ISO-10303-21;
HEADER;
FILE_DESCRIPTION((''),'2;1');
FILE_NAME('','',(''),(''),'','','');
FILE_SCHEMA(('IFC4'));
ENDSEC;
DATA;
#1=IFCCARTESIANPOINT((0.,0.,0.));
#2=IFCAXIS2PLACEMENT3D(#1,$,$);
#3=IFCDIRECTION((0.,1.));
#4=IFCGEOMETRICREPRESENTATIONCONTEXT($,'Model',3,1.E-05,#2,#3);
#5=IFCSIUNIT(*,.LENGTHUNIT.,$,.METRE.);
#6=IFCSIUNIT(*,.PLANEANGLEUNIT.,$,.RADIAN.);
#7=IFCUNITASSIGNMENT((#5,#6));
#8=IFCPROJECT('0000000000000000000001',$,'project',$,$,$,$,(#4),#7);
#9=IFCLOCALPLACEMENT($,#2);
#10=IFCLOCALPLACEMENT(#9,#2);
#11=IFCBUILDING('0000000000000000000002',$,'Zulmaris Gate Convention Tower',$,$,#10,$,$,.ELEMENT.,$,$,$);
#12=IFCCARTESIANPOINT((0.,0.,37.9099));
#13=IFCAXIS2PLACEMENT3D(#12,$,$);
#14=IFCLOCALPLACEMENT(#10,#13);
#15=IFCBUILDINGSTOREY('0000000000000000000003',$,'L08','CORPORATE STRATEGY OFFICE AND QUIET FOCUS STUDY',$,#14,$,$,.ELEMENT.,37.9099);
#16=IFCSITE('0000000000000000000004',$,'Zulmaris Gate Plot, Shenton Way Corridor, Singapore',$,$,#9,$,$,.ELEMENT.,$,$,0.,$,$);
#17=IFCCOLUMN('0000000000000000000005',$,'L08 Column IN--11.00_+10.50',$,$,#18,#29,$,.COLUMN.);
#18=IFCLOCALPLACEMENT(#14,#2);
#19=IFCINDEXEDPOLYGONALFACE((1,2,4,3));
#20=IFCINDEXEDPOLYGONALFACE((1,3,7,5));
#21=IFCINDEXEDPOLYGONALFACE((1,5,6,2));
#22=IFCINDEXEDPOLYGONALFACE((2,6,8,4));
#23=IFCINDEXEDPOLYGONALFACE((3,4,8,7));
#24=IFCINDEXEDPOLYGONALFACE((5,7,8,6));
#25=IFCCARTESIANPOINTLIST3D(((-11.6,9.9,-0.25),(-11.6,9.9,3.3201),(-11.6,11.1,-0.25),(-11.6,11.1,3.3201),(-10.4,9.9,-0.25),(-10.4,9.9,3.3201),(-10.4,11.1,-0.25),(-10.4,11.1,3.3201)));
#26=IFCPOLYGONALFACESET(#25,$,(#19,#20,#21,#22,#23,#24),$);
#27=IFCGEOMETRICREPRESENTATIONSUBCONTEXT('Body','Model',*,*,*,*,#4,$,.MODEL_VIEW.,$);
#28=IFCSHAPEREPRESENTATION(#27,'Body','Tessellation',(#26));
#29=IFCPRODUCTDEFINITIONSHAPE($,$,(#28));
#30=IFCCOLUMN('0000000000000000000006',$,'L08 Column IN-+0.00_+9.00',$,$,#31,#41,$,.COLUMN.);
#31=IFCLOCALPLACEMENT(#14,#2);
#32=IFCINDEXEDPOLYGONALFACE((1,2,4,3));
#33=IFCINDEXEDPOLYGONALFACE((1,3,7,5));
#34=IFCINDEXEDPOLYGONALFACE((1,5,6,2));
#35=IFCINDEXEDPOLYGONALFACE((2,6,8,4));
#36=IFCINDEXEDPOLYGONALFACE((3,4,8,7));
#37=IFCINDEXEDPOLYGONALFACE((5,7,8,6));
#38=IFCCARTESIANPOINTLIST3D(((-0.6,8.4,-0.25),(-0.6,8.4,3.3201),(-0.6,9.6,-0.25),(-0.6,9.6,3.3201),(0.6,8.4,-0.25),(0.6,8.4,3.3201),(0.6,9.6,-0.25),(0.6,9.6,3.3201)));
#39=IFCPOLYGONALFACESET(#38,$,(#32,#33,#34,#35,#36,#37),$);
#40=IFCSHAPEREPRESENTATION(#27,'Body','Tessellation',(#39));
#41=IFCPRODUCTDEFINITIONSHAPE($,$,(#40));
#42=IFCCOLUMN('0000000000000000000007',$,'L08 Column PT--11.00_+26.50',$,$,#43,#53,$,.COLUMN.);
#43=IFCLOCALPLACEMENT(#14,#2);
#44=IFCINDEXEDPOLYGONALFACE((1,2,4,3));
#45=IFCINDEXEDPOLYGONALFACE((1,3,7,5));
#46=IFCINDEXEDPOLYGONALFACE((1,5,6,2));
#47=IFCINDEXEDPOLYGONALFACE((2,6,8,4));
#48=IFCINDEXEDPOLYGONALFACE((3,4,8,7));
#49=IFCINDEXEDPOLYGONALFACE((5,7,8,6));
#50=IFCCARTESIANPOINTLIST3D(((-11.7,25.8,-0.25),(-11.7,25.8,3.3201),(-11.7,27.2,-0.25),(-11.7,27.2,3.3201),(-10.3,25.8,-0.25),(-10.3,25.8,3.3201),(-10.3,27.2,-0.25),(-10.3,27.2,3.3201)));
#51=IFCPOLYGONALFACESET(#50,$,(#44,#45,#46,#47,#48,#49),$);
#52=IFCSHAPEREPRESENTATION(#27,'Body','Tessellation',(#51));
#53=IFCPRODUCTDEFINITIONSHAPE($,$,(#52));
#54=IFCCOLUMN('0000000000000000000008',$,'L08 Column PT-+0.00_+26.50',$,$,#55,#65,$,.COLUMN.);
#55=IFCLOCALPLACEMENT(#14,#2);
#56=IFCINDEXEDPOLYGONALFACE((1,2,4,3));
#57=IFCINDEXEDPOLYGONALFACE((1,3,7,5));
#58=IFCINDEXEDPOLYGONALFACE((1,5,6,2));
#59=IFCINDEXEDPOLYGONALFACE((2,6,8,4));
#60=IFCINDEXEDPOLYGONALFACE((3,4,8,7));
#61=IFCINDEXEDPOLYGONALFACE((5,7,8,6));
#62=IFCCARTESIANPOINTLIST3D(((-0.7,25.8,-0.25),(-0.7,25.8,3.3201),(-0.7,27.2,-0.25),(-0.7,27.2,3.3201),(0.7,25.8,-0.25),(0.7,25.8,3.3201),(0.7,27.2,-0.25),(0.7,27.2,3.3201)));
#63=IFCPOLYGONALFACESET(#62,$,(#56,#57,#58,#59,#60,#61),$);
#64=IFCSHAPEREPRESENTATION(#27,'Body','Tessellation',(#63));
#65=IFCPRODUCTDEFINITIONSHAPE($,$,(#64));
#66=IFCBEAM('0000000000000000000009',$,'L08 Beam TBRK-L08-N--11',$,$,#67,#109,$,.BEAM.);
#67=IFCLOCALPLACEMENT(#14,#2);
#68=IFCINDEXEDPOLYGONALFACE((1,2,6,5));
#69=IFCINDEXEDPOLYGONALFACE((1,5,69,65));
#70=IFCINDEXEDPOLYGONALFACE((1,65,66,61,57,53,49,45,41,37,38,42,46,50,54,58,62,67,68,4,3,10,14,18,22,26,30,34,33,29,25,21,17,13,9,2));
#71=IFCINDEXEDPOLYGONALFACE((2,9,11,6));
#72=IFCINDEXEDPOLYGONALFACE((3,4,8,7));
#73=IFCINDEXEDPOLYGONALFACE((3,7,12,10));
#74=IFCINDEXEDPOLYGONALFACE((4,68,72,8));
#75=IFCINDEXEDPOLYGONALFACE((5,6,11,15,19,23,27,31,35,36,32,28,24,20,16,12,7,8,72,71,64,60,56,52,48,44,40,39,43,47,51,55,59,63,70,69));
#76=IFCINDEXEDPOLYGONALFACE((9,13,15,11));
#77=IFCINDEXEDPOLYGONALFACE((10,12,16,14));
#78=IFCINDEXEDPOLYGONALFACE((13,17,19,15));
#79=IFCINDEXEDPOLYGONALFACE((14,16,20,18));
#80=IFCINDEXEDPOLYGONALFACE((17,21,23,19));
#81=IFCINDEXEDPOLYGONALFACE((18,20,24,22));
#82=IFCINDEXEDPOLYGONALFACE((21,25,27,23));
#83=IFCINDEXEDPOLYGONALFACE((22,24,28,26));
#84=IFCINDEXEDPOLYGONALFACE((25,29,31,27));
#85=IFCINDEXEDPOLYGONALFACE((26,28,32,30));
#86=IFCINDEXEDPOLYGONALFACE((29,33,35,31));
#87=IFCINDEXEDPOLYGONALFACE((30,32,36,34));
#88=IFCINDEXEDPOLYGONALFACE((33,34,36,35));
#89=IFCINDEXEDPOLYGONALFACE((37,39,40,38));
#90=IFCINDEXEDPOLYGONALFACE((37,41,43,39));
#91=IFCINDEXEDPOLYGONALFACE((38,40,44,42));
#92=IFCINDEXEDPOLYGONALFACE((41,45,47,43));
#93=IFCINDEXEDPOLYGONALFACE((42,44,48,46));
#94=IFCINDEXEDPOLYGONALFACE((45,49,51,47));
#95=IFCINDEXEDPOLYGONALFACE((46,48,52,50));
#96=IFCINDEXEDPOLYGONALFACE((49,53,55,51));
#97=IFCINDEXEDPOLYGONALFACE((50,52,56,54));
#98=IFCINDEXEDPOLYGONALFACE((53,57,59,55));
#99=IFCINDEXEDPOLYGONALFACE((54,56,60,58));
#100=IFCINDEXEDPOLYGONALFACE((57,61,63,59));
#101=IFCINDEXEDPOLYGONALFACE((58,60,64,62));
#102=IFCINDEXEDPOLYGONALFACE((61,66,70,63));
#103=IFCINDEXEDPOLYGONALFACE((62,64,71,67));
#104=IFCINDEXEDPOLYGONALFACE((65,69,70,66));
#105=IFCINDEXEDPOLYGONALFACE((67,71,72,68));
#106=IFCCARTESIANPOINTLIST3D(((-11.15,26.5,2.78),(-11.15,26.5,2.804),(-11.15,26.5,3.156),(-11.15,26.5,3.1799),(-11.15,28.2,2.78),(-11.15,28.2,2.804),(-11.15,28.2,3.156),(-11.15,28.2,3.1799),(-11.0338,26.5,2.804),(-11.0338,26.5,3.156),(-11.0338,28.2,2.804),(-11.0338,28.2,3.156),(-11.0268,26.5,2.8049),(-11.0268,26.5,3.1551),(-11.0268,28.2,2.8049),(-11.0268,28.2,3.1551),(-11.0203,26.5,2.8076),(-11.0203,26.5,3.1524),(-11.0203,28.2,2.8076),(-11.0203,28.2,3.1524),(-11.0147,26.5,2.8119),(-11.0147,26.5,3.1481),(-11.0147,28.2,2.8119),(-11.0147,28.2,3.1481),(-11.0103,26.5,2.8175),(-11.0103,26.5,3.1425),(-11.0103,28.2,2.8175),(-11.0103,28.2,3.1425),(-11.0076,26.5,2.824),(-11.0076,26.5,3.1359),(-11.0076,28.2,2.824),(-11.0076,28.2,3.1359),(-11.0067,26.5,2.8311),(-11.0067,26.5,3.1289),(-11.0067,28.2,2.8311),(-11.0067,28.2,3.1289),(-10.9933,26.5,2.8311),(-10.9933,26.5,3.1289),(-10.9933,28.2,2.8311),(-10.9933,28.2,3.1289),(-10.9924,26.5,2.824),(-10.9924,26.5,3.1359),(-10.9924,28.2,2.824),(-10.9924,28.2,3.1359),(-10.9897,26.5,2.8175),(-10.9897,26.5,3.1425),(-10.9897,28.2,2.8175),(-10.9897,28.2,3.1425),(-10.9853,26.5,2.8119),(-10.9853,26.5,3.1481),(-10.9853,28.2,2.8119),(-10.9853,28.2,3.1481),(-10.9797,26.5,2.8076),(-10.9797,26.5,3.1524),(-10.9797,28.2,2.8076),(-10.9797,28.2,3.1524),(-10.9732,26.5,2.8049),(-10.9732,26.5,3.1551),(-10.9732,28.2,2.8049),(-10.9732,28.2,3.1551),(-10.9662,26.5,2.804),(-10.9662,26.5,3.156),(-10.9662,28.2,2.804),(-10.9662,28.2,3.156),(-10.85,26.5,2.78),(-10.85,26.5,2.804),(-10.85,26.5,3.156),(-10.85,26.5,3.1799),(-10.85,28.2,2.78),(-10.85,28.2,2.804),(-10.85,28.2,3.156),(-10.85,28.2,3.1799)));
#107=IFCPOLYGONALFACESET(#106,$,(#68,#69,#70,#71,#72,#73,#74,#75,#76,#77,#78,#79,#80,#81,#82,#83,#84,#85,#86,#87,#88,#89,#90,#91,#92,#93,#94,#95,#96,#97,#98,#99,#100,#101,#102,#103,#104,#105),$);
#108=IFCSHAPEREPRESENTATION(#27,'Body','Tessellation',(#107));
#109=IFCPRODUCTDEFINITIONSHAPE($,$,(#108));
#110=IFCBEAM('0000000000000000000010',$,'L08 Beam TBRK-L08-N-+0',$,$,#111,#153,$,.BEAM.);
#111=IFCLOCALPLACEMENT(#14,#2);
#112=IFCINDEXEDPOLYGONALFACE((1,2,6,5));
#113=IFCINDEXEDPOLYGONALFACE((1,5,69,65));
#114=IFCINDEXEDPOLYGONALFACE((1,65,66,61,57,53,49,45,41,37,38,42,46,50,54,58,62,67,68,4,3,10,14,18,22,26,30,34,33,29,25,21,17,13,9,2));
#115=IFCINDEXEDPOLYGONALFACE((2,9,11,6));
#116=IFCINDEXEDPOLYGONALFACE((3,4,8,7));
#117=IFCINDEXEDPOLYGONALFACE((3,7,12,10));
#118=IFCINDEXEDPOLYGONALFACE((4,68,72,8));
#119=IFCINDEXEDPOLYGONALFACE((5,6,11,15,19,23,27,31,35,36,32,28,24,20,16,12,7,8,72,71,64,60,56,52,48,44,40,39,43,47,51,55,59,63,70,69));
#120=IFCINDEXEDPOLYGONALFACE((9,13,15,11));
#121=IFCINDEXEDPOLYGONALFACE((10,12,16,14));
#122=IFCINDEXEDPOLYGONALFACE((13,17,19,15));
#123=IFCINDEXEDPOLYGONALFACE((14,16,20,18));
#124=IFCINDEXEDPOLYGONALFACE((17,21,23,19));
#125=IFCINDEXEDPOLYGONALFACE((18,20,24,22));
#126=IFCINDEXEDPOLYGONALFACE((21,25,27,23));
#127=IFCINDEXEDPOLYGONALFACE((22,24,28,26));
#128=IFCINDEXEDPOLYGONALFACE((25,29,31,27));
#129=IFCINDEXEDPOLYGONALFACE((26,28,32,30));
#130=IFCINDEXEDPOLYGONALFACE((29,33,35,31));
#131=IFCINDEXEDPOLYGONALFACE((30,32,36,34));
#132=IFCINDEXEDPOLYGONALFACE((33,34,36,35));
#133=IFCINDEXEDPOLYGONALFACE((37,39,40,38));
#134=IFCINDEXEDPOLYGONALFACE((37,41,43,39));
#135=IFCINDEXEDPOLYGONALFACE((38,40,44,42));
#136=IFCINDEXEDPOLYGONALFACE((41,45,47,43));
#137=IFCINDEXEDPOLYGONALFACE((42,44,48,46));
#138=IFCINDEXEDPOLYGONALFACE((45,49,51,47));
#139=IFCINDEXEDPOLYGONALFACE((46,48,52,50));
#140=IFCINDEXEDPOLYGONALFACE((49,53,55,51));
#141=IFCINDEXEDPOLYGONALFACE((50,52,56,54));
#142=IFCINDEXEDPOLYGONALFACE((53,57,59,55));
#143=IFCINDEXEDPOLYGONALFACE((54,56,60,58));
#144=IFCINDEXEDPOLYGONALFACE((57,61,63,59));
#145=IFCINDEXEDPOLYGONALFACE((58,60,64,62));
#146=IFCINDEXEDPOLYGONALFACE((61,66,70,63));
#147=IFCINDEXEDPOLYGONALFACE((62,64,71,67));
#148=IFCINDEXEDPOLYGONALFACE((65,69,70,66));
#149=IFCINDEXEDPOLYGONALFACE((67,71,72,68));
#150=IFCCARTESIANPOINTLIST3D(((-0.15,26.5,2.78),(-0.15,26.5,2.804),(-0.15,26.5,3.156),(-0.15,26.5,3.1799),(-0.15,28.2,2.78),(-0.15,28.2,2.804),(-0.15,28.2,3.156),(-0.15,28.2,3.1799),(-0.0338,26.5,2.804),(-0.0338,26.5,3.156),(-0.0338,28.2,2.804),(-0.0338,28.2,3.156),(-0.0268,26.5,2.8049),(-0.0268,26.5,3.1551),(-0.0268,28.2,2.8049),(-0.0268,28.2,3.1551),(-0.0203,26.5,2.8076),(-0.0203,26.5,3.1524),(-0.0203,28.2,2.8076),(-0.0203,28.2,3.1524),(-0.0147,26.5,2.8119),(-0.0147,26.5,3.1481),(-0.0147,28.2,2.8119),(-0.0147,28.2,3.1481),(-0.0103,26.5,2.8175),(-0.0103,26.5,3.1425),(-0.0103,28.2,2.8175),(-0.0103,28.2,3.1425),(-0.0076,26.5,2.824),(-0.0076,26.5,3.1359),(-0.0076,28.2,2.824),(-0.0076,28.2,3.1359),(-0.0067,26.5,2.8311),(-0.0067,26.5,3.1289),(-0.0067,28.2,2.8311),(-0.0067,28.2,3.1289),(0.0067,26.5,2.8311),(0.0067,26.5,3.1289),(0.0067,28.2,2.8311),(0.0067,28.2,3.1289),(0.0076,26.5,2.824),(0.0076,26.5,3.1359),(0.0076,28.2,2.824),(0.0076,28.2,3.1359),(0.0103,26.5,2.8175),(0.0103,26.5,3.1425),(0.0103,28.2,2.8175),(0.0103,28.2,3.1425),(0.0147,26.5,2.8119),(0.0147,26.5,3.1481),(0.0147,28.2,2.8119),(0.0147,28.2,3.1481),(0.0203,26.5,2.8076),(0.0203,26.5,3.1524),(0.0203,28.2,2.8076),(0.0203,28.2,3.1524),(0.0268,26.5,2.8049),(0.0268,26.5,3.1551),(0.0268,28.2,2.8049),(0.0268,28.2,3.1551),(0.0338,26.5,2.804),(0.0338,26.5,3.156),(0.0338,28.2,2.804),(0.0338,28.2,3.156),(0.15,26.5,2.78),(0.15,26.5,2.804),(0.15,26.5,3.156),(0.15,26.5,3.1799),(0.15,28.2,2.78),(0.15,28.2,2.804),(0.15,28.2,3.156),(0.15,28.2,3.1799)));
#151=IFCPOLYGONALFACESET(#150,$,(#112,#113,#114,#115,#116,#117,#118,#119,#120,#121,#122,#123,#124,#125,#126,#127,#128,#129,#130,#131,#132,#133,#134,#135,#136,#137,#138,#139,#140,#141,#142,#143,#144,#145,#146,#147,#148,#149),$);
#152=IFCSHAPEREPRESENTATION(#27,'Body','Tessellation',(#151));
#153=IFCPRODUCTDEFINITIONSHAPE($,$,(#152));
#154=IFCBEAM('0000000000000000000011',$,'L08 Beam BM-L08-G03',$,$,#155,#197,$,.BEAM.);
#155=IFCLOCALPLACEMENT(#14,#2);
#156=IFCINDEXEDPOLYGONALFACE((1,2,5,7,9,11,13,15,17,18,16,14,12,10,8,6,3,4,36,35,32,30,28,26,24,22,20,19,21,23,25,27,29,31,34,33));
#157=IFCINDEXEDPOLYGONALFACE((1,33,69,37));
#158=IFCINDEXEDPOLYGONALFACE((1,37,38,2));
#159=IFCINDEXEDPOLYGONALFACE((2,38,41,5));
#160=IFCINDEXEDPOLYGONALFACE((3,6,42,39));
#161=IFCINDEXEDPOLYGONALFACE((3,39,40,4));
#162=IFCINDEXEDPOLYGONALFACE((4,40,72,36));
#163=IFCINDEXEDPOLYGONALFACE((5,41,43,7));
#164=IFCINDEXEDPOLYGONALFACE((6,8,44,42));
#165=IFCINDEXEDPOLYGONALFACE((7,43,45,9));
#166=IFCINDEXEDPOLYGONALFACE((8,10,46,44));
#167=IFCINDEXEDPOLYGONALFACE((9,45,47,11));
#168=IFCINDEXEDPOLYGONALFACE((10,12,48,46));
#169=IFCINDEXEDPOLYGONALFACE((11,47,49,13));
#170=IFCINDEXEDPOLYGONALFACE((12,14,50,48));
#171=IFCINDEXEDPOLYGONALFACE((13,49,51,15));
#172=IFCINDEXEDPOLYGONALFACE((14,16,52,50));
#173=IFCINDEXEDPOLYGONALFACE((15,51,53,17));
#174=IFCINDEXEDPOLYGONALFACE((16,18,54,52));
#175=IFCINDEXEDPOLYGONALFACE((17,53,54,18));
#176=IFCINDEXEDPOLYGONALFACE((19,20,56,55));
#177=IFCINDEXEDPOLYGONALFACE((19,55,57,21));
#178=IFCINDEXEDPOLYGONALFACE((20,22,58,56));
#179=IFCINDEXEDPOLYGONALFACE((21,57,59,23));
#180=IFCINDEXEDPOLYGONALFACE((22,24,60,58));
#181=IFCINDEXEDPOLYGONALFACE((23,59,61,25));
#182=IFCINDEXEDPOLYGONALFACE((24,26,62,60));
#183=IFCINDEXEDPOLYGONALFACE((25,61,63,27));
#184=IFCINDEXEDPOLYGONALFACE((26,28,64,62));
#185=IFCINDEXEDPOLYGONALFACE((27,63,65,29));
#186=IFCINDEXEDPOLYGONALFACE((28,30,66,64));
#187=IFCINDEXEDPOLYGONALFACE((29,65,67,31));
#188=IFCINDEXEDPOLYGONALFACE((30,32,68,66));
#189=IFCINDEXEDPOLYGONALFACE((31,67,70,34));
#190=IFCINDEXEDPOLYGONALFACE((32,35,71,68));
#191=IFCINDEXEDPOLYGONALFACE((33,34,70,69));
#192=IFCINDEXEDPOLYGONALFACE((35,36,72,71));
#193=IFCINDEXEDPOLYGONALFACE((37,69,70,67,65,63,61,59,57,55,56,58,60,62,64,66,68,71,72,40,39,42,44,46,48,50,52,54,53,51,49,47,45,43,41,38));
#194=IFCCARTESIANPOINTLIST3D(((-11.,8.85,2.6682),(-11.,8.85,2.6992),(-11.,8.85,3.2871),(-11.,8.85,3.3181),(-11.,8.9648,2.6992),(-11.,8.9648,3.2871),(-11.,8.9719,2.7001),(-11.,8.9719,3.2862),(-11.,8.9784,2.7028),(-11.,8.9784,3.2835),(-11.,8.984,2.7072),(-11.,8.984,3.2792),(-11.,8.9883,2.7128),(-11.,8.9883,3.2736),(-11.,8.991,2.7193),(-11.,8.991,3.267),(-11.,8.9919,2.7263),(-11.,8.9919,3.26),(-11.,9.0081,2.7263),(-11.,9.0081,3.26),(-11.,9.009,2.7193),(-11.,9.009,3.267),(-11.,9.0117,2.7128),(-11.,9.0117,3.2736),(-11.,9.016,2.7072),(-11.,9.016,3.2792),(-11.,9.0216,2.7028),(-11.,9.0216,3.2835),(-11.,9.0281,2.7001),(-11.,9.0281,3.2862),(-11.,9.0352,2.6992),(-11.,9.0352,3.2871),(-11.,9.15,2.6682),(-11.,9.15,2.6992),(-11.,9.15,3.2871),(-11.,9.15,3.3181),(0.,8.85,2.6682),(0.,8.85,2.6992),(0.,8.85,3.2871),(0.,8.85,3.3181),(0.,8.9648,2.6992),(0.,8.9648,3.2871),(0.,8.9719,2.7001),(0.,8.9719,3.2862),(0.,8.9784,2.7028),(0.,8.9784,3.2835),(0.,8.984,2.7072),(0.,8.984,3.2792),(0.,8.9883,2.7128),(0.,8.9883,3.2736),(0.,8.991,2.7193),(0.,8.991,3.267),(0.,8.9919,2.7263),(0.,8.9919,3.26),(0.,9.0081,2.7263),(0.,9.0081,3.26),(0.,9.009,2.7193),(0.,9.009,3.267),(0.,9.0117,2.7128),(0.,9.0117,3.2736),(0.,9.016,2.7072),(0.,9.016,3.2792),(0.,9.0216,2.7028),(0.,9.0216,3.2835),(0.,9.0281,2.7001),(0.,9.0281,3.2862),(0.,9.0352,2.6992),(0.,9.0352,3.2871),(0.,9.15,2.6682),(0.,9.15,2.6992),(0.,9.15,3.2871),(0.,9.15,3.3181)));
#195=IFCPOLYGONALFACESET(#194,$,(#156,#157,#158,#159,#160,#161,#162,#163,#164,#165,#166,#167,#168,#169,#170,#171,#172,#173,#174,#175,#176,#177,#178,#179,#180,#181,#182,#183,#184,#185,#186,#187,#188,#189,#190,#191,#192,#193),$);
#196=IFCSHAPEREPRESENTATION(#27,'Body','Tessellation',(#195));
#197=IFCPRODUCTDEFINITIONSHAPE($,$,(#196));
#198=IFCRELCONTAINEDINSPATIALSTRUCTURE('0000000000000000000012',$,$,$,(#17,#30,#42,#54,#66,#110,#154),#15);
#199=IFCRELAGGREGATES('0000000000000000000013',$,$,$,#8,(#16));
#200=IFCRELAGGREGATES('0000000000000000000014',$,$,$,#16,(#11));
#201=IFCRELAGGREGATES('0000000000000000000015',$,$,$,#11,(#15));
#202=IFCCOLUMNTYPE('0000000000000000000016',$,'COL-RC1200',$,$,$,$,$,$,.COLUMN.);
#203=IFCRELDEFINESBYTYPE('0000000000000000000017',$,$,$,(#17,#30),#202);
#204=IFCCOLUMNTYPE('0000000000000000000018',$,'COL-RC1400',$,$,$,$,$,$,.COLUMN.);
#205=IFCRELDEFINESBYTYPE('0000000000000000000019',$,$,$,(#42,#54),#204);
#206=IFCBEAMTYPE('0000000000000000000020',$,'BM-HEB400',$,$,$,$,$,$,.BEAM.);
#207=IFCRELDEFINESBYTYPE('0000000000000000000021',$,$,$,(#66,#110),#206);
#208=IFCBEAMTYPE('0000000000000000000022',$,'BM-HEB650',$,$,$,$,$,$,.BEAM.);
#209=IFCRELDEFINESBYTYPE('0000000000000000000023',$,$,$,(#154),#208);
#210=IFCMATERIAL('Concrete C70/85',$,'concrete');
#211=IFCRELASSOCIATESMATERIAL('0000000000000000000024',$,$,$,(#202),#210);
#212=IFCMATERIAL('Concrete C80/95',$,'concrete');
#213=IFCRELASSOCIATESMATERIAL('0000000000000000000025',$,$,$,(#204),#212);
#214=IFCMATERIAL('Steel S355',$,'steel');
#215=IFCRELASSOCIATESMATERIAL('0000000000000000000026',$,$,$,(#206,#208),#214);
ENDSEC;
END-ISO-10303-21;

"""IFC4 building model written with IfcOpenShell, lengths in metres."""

from ifc_helpers import new_model, si_unit, direction, frame, origin, origin_2d, place, context, subcontext, project, spatial, rectangle, i_section, extrude, material, material_profile, profile_set, type_object, element, save


model = new_model("IFC4")

# Units and contexts
model_context = context("Model", 3, precision=1e-05, world=origin(), true_north=direction((0.0, 1.0)))
body_context = subcontext(model_context, "Body", "Model", "MODEL_VIEW")
ifc_project = project(units=[si_unit("LENGTHUNIT", "METRE"), si_unit("PLANEANGLEUNIT", "RADIAN")], contexts=[model_context])

# Site, building, storey
site_placement = place(None, origin())
site = spatial("IfcSite", under=ifc_project, at=site_placement, Name="Zulmaris Gate Plot, Shenton Way Corridor, Singapore", CompositionType="ELEMENT", RefElevation=0.0)
building_placement = place(site_placement, origin())
building = spatial("IfcBuilding", under=site, at=building_placement, Name="Zulmaris Gate Convention Tower", CompositionType="ELEMENT")
storey_placement = place(building_placement, frame((0.0, 0.0, 37.9099)))
storey = spatial("IfcBuildingStorey", under=building, at=storey_placement, Name="L08", Description="CORPORATE STRATEGY OFFICE AND QUIET FOCUS STUDY", CompositionType="ELEMENT", Elevation=37.9099)

# Columns
ifc_material_1 = material(Name="Concrete C70/85", Category="concrete")
ifc_material_profile_1 = material_profile(ifc_material_1, rectangle(XDim=1.2, YDim=1.2, at=origin_2d()), Name="RC COL 1200x1200")
ifc_profile_set_1 = profile_set([ifc_material_profile_1], Name="Concrete C70/85")
column_type_1 = type_object("IfcColumnType", Name="COL-RC1200", PredefinedType="COLUMN", material=ifc_profile_set_1)
for number, where, z_axis, x_axis, name in (
    (1, (-11.0, 10.5, -0.25), (0.0, 0.0, 1.0), (1.0, 0.0, 0.0), "L08 Column IN--11.00_+10.50"),
    (2, (0.0, 9.0, -0.25), (0.0, 0.0, 1.0), (1.0, 0.0, 0.0), "L08 Column IN-+0.00_+9.00"),
):
    element("IfcColumn", number, at=place(storey_placement, frame(where, z_axis=z_axis, x_axis=x_axis)), inside=storey, type_object=column_type_1, Name=name, PredefinedType="COLUMN", context=body_context, shape_type="SweptSolid", body=[
        extrude(rectangle(XDim=1.2, YDim=1.2, at=origin_2d()), origin(), (0.0, 0.0, 1.0), 3.5701),
    ])
ifc_material_2 = material(Name="Concrete C80/95", Category="concrete")
ifc_material_profile_2 = material_profile(ifc_material_2, rectangle(XDim=1.3999, YDim=1.3999, at=origin_2d()), Name="RC COL 1400x1400")
ifc_profile_set_2 = profile_set([ifc_material_profile_2], Name="Concrete C80/95")
column_type_2 = type_object("IfcColumnType", Name="COL-RC1400", PredefinedType="COLUMN", material=ifc_profile_set_2)
for number, where, z_axis, x_axis, name in (
    (3, (-11.0, 26.5, -0.25), (0.0, 0.0, 1.0), (1.0, 0.0, 0.0), "L08 Column PT--11.00_+26.50"),
    (4, (0.0, 26.5, -0.25), (0.0, 0.0, 1.0), (1.0, 0.0, 0.0), "L08 Column PT-+0.00_+26.50"),
):
    element("IfcColumn", number, at=place(storey_placement, frame(where, z_axis=z_axis, x_axis=x_axis)), inside=storey, type_object=column_type_2, Name=name, PredefinedType="COLUMN", context=body_context, shape_type="SweptSolid", body=[
        extrude(rectangle(XDim=1.3999, YDim=1.3999, at=origin_2d()), origin(), (0.0, 0.0, 1.0), 3.5701),
    ])

# Beams
ifc_material_3 = material(Name="Steel S355", Category="steel")
ifc_material_profile_3 = material_profile(ifc_material_3, i_section(OverallWidth=0.3, OverallDepth=0.3999, WebThickness=0.0134, FlangeThickness=0.0239, FilletRadius=0.0271, at=origin_2d()), Name="HEB 400")
ifc_profile_set_3 = profile_set([ifc_material_profile_3], Name="Steel S355")
beam_type_1 = type_object("IfcBeamType", Name="BM-HEB400", PredefinedType="BEAM", material=ifc_profile_set_3)
for number, where, z_axis, x_axis, name in (
    (5, (-11.0, 26.5, 2.98), (0.0, 1.0, 0.0), (-1.0, 0.0, 0.0), "L08 Beam TBRK-L08-N--11"),
    (6, (0.0, 26.5, 2.98), (0.0, 1.0, 0.0), (-1.0, 0.0, 0.0), "L08 Beam TBRK-L08-N-+0"),
):
    element("IfcBeam", number, at=place(storey_placement, frame(where, z_axis=z_axis, x_axis=x_axis)), inside=storey, type_object=beam_type_1, Name=name, PredefinedType="BEAM", context=body_context, shape_type="SweptSolid", body=[
        extrude(i_section(OverallWidth=0.3, OverallDepth=0.3999, WebThickness=0.0134, FlangeThickness=0.0239, FilletRadius=0.0271, at=origin_2d()), origin(), (0.0, 0.0, 1.0), 1.7),
    ])
ifc_material_profile_4 = material_profile(ifc_material_3, i_section(OverallWidth=0.3, OverallDepth=0.6499, WebThickness=0.0161, FlangeThickness=0.031, FilletRadius=0.0271, at=origin_2d()), Name="HEB 650")
ifc_profile_set_4 = profile_set([ifc_material_profile_4], Name="Steel S355")
beam_type_2 = type_object("IfcBeamType", Name="BM-HEB650", PredefinedType="BEAM", material=ifc_profile_set_4)
for number, where, z_axis, x_axis, name in (
    (7, (-11.0, 9.0, 2.9932), (1.0, 0.0, 0.0), (0.0, 1.0, 0.0), "L08 Beam BM-L08-G03"),
):
    element("IfcBeam", number, at=place(storey_placement, frame(where, z_axis=z_axis, x_axis=x_axis)), inside=storey, type_object=beam_type_2, Name=name, PredefinedType="BEAM", context=body_context, shape_type="SweptSolid", body=[
        extrude(i_section(OverallWidth=0.3, OverallDepth=0.6499, WebThickness=0.0161, FlangeThickness=0.031, FilletRadius=0.0271, at=origin_2d()), origin(), (0.0, 0.0, 1.0), 11.0),
    ])

save(model, "model.ifc")
